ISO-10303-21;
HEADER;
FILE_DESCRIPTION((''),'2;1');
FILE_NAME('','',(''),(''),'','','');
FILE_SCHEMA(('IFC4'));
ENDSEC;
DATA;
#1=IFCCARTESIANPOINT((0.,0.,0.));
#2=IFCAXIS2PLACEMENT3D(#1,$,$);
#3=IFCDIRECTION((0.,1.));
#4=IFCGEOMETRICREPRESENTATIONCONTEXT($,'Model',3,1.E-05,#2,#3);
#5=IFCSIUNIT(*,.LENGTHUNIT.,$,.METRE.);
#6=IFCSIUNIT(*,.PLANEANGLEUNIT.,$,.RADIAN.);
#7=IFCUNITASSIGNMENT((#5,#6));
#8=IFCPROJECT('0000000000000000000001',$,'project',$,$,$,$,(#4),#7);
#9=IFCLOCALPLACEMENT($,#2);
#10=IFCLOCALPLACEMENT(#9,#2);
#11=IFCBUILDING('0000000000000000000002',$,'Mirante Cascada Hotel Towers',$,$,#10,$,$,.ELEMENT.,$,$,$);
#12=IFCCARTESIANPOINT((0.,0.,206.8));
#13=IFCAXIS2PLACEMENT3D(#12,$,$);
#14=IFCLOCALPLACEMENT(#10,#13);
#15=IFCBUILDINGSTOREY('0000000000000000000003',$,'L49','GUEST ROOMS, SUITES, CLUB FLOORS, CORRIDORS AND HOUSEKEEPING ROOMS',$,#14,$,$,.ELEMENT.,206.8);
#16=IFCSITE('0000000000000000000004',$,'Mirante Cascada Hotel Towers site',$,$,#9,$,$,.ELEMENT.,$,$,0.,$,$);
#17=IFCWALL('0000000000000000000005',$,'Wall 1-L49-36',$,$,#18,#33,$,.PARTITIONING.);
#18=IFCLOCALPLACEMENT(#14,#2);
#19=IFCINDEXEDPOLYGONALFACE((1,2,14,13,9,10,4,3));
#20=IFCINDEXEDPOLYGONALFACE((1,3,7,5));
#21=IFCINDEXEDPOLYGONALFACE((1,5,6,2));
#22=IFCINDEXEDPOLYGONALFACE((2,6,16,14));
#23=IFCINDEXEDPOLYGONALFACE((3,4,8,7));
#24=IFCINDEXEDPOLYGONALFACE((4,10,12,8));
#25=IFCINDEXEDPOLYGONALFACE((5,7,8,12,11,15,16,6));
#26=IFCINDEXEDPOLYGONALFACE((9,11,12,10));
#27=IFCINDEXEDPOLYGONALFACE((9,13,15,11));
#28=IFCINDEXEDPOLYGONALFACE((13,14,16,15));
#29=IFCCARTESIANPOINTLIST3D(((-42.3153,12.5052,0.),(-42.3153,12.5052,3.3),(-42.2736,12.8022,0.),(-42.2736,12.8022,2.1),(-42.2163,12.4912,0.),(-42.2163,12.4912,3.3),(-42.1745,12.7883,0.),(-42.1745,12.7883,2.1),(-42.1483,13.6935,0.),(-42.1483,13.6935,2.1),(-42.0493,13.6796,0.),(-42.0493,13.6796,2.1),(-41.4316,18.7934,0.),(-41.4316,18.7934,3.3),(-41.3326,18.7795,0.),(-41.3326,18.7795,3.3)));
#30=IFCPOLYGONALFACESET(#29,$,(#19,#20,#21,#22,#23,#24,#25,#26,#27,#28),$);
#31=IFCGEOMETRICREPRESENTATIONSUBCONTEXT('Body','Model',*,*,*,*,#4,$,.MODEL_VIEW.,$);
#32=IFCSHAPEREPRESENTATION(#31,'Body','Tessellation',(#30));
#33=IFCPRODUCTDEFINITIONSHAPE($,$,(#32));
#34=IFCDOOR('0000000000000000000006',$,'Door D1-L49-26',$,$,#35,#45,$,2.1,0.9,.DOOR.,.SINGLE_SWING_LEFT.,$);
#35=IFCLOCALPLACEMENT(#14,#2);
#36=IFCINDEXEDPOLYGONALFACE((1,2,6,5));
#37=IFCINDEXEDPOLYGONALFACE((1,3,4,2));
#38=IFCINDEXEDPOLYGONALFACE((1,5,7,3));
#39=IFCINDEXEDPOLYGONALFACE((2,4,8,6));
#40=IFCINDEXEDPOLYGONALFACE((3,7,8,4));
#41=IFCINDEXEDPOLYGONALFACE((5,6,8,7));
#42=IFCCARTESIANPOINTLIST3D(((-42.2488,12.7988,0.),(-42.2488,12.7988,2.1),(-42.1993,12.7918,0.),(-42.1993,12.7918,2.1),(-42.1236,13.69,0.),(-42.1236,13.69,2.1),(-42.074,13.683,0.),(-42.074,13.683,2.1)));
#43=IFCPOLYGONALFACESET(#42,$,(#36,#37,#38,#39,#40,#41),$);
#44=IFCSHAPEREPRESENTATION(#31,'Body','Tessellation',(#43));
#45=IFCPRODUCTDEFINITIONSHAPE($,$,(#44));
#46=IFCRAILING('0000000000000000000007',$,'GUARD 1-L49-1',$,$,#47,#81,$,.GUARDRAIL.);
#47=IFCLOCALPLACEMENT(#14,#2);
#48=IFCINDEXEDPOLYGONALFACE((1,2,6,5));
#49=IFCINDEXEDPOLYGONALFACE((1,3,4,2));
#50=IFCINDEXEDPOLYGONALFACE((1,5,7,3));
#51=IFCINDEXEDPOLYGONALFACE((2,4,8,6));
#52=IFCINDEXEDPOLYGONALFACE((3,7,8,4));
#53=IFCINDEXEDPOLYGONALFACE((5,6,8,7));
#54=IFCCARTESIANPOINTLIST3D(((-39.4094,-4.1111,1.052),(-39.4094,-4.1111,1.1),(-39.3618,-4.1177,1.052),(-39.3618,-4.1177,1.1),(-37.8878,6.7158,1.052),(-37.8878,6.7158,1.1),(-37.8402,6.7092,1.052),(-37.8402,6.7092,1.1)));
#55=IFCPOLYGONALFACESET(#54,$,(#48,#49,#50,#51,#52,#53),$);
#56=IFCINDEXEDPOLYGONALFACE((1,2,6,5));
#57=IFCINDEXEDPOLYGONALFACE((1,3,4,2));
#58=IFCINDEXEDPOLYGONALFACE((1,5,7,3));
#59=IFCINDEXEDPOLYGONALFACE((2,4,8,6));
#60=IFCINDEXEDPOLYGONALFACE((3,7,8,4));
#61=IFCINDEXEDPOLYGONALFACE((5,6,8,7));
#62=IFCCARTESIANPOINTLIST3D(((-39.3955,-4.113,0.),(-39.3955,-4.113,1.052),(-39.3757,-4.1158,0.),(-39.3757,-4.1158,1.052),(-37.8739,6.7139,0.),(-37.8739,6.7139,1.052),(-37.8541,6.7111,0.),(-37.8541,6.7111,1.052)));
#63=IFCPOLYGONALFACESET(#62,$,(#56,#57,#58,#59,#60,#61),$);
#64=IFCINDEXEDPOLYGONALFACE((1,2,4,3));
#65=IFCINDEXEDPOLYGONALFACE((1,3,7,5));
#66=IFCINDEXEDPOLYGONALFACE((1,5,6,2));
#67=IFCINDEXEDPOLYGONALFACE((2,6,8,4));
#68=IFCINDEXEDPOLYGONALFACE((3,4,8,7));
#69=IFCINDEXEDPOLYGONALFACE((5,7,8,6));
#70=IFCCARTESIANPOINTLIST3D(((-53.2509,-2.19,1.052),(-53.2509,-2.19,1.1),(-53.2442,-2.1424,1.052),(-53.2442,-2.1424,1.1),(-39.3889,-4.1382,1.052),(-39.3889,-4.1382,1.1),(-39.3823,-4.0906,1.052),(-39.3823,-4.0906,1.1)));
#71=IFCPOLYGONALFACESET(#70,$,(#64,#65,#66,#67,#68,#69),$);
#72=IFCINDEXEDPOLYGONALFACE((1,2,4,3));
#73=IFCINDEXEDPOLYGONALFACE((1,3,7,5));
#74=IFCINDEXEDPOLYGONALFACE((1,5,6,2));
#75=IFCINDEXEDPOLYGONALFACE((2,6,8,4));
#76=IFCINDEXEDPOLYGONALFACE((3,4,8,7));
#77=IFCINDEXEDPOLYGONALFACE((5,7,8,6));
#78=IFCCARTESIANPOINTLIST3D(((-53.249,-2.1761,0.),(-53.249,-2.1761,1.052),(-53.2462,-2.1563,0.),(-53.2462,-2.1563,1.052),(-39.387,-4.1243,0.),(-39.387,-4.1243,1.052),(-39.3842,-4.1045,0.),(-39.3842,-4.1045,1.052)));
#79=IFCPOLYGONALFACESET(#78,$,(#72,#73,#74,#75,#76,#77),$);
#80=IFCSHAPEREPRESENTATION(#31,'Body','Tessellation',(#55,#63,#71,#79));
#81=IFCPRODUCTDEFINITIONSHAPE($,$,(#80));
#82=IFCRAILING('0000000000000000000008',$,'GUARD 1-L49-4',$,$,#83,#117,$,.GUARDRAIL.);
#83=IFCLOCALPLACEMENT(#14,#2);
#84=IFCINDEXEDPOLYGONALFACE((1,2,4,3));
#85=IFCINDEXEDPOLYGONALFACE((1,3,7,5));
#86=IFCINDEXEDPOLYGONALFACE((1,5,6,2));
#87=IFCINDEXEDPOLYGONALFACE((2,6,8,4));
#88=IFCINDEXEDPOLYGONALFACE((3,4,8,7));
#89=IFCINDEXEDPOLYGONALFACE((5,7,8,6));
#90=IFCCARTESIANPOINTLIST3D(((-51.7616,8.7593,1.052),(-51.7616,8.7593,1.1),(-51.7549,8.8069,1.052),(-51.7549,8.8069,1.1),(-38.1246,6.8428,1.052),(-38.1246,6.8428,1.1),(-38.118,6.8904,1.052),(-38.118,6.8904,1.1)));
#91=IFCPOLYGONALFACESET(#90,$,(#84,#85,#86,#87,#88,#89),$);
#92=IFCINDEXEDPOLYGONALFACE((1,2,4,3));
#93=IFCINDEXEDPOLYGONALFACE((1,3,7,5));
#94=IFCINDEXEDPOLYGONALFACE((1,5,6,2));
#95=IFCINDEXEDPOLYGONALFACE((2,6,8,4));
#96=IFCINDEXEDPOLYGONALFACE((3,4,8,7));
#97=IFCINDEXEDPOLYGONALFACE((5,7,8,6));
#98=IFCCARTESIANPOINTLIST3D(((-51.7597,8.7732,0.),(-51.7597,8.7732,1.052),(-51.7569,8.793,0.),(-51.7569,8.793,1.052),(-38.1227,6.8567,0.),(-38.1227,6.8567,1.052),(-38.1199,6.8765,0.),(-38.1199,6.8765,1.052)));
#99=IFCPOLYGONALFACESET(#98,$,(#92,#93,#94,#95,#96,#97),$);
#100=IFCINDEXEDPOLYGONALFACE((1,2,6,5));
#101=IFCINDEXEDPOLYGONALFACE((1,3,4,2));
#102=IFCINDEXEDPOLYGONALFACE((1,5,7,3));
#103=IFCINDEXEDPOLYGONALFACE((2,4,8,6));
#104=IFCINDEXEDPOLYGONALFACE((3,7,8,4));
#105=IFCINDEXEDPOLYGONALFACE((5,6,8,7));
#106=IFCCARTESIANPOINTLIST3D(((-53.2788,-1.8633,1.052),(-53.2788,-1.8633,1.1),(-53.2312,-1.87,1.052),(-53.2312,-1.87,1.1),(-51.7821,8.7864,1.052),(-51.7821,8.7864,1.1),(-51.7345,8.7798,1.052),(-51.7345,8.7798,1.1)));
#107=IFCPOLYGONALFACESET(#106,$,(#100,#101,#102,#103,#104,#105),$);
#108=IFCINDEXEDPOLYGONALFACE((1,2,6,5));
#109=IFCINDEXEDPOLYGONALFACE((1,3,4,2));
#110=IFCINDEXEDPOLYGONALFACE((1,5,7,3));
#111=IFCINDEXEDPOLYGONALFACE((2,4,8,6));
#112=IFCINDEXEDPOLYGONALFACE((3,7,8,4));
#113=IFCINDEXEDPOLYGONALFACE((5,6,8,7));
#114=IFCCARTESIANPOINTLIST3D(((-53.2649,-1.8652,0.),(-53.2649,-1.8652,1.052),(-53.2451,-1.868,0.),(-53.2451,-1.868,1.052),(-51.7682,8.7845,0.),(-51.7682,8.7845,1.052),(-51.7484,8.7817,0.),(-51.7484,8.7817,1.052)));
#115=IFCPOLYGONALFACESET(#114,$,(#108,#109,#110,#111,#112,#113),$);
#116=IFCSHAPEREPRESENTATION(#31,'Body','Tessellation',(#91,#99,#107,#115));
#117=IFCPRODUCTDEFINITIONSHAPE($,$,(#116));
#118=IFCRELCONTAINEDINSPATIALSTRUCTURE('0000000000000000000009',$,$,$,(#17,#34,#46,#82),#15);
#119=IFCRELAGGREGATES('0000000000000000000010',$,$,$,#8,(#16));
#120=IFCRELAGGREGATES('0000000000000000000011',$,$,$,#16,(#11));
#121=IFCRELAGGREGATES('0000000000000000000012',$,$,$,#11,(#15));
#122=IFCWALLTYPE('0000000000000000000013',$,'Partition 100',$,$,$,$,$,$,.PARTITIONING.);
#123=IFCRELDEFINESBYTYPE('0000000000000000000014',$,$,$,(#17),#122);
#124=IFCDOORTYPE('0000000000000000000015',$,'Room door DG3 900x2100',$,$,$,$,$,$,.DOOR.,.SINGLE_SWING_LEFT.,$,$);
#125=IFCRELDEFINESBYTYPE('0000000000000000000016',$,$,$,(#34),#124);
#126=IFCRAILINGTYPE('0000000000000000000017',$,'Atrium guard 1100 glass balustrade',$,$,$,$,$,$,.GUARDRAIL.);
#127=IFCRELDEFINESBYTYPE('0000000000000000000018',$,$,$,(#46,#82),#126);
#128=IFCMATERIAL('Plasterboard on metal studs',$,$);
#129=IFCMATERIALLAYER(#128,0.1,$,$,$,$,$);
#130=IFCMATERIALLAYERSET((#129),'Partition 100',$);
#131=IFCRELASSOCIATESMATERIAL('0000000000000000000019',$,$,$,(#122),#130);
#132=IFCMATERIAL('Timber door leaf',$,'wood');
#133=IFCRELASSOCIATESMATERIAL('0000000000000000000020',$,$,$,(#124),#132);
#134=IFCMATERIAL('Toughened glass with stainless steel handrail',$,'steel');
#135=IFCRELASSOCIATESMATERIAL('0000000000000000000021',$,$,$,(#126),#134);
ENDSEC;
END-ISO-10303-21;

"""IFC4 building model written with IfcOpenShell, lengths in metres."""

from ifc_helpers import new_model, si_unit, direction, frame, frame_2d, origin, origin_2d, place, context, subcontext, project, spatial, rectangle, extrude, material, layer, layer_set, type_object, element, fill, save


model = new_model("IFC4")

# Units and contexts
model_context = context("Model", 3, precision=1e-05, world=origin(), true_north=direction((0.0, 1.0)))
body_context = subcontext(model_context, "Body", "Model", "MODEL_VIEW")
ifc_project = project(units=[si_unit("LENGTHUNIT", "METRE"), si_unit("PLANEANGLEUNIT", "RADIAN")], contexts=[model_context])

# Site, building, storey
site_placement = place(None, origin())
site = spatial("IfcSite", under=ifc_project, at=site_placement, Name="Mirante Cascada Hotel Towers site", CompositionType="ELEMENT", RefElevation=0.0)
building_placement = place(site_placement, origin())
building = spatial("IfcBuilding", under=site, at=building_placement, Name="Mirante Cascada Hotel Towers", CompositionType="ELEMENT")
storey_placement = place(building_placement, frame((0.0, 0.0, 206.8)))
storey = spatial("IfcBuildingStorey", under=building, at=storey_placement, Name="L49", Description="GUEST ROOMS, SUITES, CLUB FLOORS, CORRIDORS AND HOUSEKEEPING ROOMS", CompositionType="ELEMENT", Elevation=206.8)

# Shared definitions
ifc_material_1 = material(Name="Plasterboard on metal studs")
ifc_layer_1 = layer(ifc_material_1, 0.1)
ifc_layer_set_1 = layer_set([ifc_layer_1], Name="Partition 100")
wall_type_1 = type_object("IfcWallType", Name="Partition 100", PredefinedType="PARTITIONING", material=ifc_layer_set_1)

# Shared definitions
ifc_material_2 = material(Name="Timber door leaf", Category="wood")
door_type_1 = type_object("IfcDoorType", Name="Room door DG3 900x2100", OperationType="SINGLE_SWING_LEFT", PredefinedType="DOOR", material=ifc_material_2)

# Wall, opening, door
wall_1_placement = place(storey_placement, frame((-42.2658, 12.4982, 0.0), z_axis=(0.0, 0.0, 1.0), x_axis=(0.139166, 0.990269, 0.0)))
wall_1 = element("IfcWall", 1, at=wall_1_placement, inside=storey, type_object=wall_type_1, Name="Wall 1-L49-36", PredefinedType="PARTITIONING", context=body_context, shape_type="SweptSolid", body=[
    extrude(rectangle(XDim=6.35, YDim=0.1, at=frame_2d((3.175, 0.0))), origin(), (0.0, 0.0, 1.0), 3.3),
])
opening_1_placement = place(wall_1_placement, frame((0.3, 0.0, 0.0)))
opening_1 = element("IfcOpeningElement", 2, at=opening_1_placement, cuts=wall_1, PredefinedType="OPENING", context=body_context, shape_type="SweptSolid", body=[
    extrude(rectangle(XDim=0.9, YDim=2.1, at=frame_2d((0.45, 1.05))), frame((0.0, 0.05, 0.0), z_axis=(0.0, -1.0, 0.0), x_axis=(1.0, 0.0, 0.0)), (0.0, 0.0, 1.0), 0.1),
])
door_1_placement = place(opening_1_placement, origin())
door_1 = element("IfcDoor", 3, at=door_1_placement, inside=storey, type_object=door_type_1, Name="Door D1-L49-26", OperationType="SINGLE_SWING_LEFT", OverallHeight=2.1, OverallWidth=0.9, PredefinedType="DOOR", context=body_context, shape_type="SweptSolid", body=[
    extrude(rectangle(XDim=0.9, YDim=2.1, at=frame_2d((0.45, 1.05))), frame((0.0, 0.025, 0.0), z_axis=(0.0, -1.0, 0.0), x_axis=(1.0, 0.0, 0.0)), (0.0, 0.0, 1.0), 0.05),
])
fill(opening_1, door_1)

# Railings
ifc_material_3 = material(Name="Toughened glass with stainless steel handrail", Category="steel")
railing_type = type_object("IfcRailingType", Name="Atrium guard 1100 glass balustrade", PredefinedType="GUARDRAIL", material=ifc_material_3)
railing_1_placement = place(storey_placement, frame((-37.864, 6.7125, 0.0)))
element("IfcRailing", 4, at=railing_1_placement, inside=storey, type_object=railing_type, Name="GUARD 1-L49-1", PredefinedType="GUARDRAIL", context=body_context, shape_type="SweptSolid", body=[
    extrude(rectangle(XDim=0.048, YDim=0.048, at=origin_2d()), frame((0.0, 0.0, 1.076), z_axis=(-0.139171, -0.990268, 0.0), x_axis=(0.990268, -0.139171, 0.0)), (0.0, 0.0, 1.0), 10.9333),
    extrude(rectangle(XDim=0.02, YDim=1.052, at=origin_2d()), frame((0.0, 0.0, 0.526), z_axis=(-0.139171, -0.990268, 0.0), x_axis=(0.990268, -0.139171, 0.0)), (0.0, 0.0, 1.0), 10.9333),
    extrude(rectangle(XDim=0.048, YDim=0.048, at=origin_2d()), frame((-1.5216, -10.8269, 1.076), z_axis=(-0.990268, 0.139175, 0.0), x_axis=(-0.139175, -0.990268, 0.0)), (0.0, 0.0, 1.0), 13.9982),
    extrude(rectangle(XDim=0.02, YDim=1.052, at=origin_2d()), frame((-1.5216, -10.8269, 0.526), z_axis=(-0.990268, 0.139175, 0.0), x_axis=(-0.139175, -0.990268, 0.0)), (0.0, 0.0, 1.0), 13.9982),
])
railing_2_placement = place(storey_placement, frame((-38.1213, 6.8666, 0.0)))
element("IfcRailing", 5, at=railing_2_placement, inside=storey, type_object=railing_type, Name="GUARD 1-L49-4", PredefinedType="GUARDRAIL", context=body_context, shape_type="SweptSolid", body=[
    extrude(rectangle(XDim=0.048, YDim=0.048, at=origin_2d()), frame((0.0, 0.0, 1.076), z_axis=(-0.990269, 0.139169, 0.0), x_axis=(-0.139169, -0.990269, 0.0)), (0.0, 0.0, 1.0), 13.771),
    extrude(rectangle(XDim=0.02, YDim=1.052, at=origin_2d()), frame((0.0, 0.0, 0.526), z_axis=(-0.990269, 0.139169, 0.0), x_axis=(-0.139169, -0.990269, 0.0)), (0.0, 0.0, 1.0), 13.771),
    extrude(rectangle(XDim=0.048, YDim=0.048, at=origin_2d()), frame((-13.637, 1.9165, 1.076), z_axis=(-0.139172, -0.990268, 0.0), x_axis=(0.990268, -0.139172, 0.0)), (0.0, 0.0, 1.0), 10.7544),
    extrude(rectangle(XDim=0.02, YDim=1.052, at=origin_2d()), frame((-13.637, 1.9165, 0.526), z_axis=(-0.139172, -0.990268, 0.0), x_axis=(0.990268, -0.139172, 0.0)), (0.0, 0.0, 1.0), 10.7544),
])

save(model, "model.ifc")
